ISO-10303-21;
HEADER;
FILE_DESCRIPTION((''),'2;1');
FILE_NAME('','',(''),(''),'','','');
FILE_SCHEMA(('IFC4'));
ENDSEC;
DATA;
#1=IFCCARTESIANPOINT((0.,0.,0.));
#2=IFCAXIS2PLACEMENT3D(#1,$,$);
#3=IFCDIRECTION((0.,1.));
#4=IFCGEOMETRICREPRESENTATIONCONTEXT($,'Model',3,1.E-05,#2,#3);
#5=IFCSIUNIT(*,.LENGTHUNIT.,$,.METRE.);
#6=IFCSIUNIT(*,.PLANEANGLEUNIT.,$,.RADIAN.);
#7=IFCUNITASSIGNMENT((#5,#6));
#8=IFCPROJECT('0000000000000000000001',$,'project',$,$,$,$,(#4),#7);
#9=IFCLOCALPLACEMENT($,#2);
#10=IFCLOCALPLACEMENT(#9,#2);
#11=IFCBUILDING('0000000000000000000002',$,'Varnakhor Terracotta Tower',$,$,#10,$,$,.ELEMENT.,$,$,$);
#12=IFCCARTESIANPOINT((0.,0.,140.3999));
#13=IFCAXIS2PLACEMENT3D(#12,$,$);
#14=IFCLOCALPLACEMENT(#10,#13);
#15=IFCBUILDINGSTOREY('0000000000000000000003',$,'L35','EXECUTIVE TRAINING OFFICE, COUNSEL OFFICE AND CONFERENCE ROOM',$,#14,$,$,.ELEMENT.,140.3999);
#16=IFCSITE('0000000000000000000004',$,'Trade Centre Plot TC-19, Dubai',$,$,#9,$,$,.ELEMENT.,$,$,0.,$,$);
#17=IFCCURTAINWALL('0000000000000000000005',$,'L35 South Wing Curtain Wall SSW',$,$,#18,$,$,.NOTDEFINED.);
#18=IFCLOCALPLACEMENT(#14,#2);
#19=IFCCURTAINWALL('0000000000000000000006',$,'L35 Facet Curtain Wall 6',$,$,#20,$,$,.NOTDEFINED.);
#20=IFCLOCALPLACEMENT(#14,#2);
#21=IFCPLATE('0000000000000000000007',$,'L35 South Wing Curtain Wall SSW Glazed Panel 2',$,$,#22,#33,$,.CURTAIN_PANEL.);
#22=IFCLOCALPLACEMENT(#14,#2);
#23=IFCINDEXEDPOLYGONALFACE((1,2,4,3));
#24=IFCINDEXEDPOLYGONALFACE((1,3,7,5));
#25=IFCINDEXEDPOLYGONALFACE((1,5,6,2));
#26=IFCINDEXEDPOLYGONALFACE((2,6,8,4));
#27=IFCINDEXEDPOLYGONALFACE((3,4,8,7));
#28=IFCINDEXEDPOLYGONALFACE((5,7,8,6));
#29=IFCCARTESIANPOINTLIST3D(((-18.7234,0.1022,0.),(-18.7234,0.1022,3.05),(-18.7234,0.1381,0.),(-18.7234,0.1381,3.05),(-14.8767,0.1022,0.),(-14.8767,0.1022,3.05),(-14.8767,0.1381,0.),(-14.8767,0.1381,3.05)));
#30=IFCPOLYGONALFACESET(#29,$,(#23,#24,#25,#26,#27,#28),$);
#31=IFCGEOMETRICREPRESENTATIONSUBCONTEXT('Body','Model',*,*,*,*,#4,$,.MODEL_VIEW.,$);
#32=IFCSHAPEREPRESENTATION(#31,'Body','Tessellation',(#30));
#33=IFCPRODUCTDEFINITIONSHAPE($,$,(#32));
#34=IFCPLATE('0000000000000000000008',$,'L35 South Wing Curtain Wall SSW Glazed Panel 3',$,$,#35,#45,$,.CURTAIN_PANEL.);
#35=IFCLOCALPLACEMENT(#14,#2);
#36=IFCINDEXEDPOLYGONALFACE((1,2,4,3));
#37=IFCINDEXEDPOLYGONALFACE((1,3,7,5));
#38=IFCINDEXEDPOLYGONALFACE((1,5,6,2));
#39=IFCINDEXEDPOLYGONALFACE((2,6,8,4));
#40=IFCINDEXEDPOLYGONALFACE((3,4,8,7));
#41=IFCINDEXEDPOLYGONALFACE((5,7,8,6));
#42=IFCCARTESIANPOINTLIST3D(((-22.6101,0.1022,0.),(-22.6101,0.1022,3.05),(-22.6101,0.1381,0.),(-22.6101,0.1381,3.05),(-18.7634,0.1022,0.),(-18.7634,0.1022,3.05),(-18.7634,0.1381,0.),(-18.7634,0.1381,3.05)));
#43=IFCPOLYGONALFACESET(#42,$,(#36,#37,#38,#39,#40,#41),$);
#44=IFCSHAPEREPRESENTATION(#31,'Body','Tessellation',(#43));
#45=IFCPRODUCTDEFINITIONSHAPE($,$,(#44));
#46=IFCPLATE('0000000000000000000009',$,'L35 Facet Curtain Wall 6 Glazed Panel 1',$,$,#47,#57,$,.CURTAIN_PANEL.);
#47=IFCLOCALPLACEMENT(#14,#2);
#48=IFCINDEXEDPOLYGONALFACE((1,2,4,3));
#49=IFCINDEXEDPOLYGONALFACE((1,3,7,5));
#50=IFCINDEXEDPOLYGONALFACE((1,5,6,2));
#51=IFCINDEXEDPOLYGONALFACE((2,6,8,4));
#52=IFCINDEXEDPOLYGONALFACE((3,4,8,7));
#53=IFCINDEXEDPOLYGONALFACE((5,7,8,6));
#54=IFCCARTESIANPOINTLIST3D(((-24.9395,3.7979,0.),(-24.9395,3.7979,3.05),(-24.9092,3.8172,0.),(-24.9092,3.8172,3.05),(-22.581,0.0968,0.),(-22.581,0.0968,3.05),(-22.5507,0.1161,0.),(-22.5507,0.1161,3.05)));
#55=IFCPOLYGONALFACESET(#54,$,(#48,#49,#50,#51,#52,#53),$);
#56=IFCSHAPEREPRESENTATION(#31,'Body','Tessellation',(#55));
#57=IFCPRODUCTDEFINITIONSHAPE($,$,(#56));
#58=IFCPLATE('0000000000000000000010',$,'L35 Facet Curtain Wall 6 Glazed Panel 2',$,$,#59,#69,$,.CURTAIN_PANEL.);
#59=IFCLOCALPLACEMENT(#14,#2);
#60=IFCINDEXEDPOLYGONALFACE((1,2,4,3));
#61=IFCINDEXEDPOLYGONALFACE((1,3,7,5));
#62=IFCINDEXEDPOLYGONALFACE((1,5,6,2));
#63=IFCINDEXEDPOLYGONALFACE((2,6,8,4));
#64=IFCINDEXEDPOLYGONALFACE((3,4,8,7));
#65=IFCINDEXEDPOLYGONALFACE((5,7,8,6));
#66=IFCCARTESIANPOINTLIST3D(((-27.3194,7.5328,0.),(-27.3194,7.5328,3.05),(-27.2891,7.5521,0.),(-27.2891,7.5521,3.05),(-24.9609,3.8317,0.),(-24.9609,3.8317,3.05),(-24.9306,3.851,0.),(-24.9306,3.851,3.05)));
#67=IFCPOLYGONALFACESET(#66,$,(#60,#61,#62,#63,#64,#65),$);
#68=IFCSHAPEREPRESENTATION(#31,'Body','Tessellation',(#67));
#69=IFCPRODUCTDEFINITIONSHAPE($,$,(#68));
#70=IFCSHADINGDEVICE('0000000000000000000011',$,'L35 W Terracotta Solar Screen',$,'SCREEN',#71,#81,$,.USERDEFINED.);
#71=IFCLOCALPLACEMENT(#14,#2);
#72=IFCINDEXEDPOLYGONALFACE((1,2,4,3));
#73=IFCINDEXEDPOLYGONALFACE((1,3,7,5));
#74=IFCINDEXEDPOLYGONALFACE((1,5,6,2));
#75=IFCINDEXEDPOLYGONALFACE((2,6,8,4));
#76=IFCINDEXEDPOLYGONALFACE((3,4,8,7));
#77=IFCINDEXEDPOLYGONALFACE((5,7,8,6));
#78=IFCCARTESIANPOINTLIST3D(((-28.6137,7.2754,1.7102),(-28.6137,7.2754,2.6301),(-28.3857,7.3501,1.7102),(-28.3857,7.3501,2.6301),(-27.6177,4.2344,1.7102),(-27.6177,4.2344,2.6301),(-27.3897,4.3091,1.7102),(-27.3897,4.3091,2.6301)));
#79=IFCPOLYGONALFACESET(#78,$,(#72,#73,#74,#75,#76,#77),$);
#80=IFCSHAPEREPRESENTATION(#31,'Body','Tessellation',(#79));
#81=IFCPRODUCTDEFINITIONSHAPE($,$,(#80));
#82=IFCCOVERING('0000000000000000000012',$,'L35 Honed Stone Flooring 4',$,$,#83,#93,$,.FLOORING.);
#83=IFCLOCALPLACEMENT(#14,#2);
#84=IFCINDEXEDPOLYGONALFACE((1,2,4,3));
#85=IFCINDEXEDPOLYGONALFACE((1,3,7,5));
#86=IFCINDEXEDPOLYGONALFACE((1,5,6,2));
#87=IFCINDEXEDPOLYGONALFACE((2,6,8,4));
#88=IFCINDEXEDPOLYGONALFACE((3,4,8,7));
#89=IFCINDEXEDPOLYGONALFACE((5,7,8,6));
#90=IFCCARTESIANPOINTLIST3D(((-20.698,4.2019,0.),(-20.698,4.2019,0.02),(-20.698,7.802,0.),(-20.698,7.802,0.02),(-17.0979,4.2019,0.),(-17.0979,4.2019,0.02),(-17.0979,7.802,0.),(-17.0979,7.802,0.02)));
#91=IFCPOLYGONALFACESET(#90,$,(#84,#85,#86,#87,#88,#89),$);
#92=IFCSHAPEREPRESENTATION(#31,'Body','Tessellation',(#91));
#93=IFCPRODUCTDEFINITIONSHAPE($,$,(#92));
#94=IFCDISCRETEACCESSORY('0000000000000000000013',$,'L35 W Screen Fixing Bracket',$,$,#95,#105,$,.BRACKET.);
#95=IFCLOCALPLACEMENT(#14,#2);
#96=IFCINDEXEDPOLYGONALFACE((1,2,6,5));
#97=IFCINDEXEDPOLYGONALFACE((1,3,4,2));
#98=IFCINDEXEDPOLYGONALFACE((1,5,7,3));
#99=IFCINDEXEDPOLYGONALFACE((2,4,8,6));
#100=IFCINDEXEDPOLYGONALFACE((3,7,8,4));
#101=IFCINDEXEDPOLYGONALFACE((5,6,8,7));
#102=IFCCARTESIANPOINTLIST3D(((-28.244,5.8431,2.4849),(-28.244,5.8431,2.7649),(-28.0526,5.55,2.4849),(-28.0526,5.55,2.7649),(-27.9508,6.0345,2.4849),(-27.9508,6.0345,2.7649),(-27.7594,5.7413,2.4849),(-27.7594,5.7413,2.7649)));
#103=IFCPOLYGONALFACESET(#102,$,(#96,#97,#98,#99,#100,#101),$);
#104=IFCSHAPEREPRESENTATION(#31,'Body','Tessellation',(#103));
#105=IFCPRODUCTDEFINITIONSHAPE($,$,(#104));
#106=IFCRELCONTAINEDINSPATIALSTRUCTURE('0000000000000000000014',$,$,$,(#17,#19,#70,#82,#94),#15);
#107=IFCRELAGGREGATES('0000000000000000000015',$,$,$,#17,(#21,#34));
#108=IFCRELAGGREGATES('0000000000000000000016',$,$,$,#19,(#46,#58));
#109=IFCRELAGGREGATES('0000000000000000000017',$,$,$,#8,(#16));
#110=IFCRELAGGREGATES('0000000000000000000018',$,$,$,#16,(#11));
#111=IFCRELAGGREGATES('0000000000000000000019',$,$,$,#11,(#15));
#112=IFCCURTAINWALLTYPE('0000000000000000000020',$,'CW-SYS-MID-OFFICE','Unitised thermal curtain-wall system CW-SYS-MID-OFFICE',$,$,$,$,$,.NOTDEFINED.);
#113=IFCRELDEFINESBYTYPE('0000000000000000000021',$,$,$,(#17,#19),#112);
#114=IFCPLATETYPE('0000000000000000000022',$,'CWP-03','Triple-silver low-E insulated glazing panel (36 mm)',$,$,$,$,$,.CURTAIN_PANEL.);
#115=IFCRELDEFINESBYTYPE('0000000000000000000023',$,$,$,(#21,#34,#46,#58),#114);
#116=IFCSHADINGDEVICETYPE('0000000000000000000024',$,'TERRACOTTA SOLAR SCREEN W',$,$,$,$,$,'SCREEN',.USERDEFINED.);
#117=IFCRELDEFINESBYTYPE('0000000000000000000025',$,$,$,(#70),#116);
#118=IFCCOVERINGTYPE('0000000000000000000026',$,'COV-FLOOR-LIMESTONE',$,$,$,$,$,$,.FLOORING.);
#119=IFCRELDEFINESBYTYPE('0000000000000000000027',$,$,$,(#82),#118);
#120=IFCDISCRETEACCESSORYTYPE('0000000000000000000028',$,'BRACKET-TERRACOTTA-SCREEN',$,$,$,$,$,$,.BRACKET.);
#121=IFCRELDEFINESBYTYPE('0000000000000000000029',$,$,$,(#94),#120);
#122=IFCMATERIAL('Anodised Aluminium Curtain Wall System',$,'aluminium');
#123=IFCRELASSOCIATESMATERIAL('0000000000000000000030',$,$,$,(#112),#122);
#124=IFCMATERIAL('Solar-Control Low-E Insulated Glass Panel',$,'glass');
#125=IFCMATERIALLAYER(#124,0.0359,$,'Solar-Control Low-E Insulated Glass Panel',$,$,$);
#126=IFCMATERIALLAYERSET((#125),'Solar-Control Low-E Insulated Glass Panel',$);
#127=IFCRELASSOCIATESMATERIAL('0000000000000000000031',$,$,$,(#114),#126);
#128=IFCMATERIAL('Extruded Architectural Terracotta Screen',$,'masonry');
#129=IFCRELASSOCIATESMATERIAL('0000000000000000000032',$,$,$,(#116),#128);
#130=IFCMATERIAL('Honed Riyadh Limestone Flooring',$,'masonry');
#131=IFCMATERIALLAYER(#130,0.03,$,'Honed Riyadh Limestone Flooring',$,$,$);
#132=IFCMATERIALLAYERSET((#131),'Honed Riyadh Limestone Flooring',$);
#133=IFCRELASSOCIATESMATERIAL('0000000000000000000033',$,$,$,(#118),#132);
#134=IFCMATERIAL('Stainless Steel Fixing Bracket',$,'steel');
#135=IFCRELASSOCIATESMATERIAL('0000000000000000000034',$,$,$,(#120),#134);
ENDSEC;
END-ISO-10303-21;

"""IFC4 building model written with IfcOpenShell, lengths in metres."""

from ifc_helpers import new_model, si_unit, direction, frame, origin, origin_2d, place, context, subcontext, project, spatial, rectangle, extrude, source, transform, mapped, material, layer, layer_set, type_object, type_shapes, element, aggregate, save


model = new_model("IFC4")

# Units and contexts
model_context = context("Model", 3, precision=1e-05, world=origin(), true_north=direction((0.0, 1.0)))
body_context = subcontext(model_context, "Body", "Model", "MODEL_VIEW")
ifc_project = project(units=[si_unit("LENGTHUNIT", "METRE"), si_unit("PLANEANGLEUNIT", "RADIAN")], contexts=[model_context])

# Site, building, storey
site_placement = place(None, origin())
site = spatial("IfcSite", under=ifc_project, at=site_placement, Name="Trade Centre Plot TC-19, Dubai", CompositionType="ELEMENT", RefElevation=0.0)
building_placement = place(site_placement, origin())
building = spatial("IfcBuilding", under=site, at=building_placement, Name="Varnakhor Terracotta Tower", CompositionType="ELEMENT")
storey_placement = place(building_placement, frame((0.0, 0.0, 140.3999)))
storey = spatial("IfcBuildingStorey", under=building, at=storey_placement, Name="L35", Description="EXECUTIVE TRAINING OFFICE, COUNSEL OFFICE AND CONFERENCE ROOM", CompositionType="ELEMENT", Elevation=140.3999)

# Curtain walls
ifc_material_1 = material(Name="Anodised Aluminium Curtain Wall System", Category="aluminium")
curtain_wall_type = type_object("IfcCurtainWallType", Name="CW-SYS-MID-OFFICE", Description="Unitised thermal curtain-wall system CW-SYS-MID-OFFICE", PredefinedType="NOTDEFINED", material=ifc_material_1)
curtain_wall_1_placement = place(storey_placement, origin())
curtain_wall_1 = element("IfcCurtainWall", 1, at=curtain_wall_1_placement, inside=storey, type_object=curtain_wall_type, Name="L35 South Wing Curtain Wall SSW", PredefinedType="NOTDEFINED")
curtain_wall_2_placement = place(storey_placement, origin())
curtain_wall_2 = element("IfcCurtainWall", 2, at=curtain_wall_2_placement, inside=storey, type_object=curtain_wall_type, Name="L35 Facet Curtain Wall 6", PredefinedType="NOTDEFINED")

# Plates
ifc_material_2 = material(Name="Solar-Control Low-E Insulated Glass Panel", Category="glass")
ifc_layer_1 = layer(ifc_material_2, 0.0359, Name="Solar-Control Low-E Insulated Glass Panel")
ifc_layer_set_1 = layer_set([ifc_layer_1], Name="Solar-Control Low-E Insulated Glass Panel")
plate_type = type_object("IfcPlateType", Name="CWP-03", Description="Triple-silver low-E insulated glazing panel (36 mm)", PredefinedType="CURTAIN_PANEL", material=ifc_layer_set_1)
shared_shape_1 = source(origin(), body_context, "Body", "SweptSolid", [
    extrude(rectangle(XDim=3.8467, YDim=0.0359, at=origin_2d()), origin(), (0.0, 0.0, 1.0), 3.05),
])
plate_1_placement = place(storey_placement, frame((-16.8, 0.1201, 0.0), z_axis=(0.0, 0.0, 1.0), x_axis=(-1.0, 0.0, 0.0)))
plate_1 = element("IfcPlate", 3, at=plate_1_placement, type_object=plate_type, Name="L35 South Wing Curtain Wall SSW Glazed Panel 2", PredefinedType="CURTAIN_PANEL", context=body_context, shape_type="MappedRepresentation", body=[
    mapped(shared_shape_1, transform((0.0, 0.0, 0.0), scale=1.0)),
])
plate_2_placement = place(storey_placement, frame((-20.6868, 0.1201, 0.0), z_axis=(0.0, 0.0, 1.0), x_axis=(-1.0, 0.0, 0.0)))
plate_2 = element("IfcPlate", 4, at=plate_2_placement, type_object=plate_type, Name="L35 South Wing Curtain Wall SSW Glazed Panel 3", PredefinedType="CURTAIN_PANEL", context=body_context, shape_type="MappedRepresentation", body=[
    mapped(shared_shape_1, transform((0.0, 0.0, 0.0), scale=1.0)),
])
aggregate(curtain_wall_1, [plate_1, plate_2])
shared_shape_2 = source(origin(), body_context, "Body", "SweptSolid", [
    extrude(rectangle(XDim=4.3887, YDim=0.0359, at=origin_2d()), origin(), (0.0, 0.0, 1.0), 3.05),
])
plate_3_placement = place(storey_placement, frame((-23.7451, 1.957, 0.0), z_axis=(0.0, 0.0, 1.0), x_axis=(-0.537403, 0.843326, 0.0)))
plate_3 = element("IfcPlate", 5, at=plate_3_placement, type_object=plate_type, Name="L35 Facet Curtain Wall 6 Glazed Panel 1", PredefinedType="CURTAIN_PANEL", context=body_context, shape_type="MappedRepresentation", body=[
    mapped(shared_shape_2, transform((0.0, 0.0, 0.0), scale=1.0)),
])
plate_4_placement = place(storey_placement, frame((-26.125, 5.6919, 0.0), z_axis=(0.0, 0.0, 1.0), x_axis=(-0.537403, 0.843326, 0.0)))
plate_4 = element("IfcPlate", 6, at=plate_4_placement, type_object=plate_type, Name="L35 Facet Curtain Wall 6 Glazed Panel 2", PredefinedType="CURTAIN_PANEL", context=body_context, shape_type="MappedRepresentation", body=[
    mapped(shared_shape_2, transform((0.0, 0.0, 0.0), scale=1.0)),
])
aggregate(curtain_wall_2, [plate_3, plate_4])

# Shading device
ifc_material_3 = material(Name="Extruded Architectural Terracotta Screen", Category="masonry")
shading_device_type = type_object("IfcShadingDeviceType", Name="TERRACOTTA SOLAR SCREEN W", ElementType="SCREEN", PredefinedType="USERDEFINED", material=ifc_material_3)
shared_shape_3 = source(origin(), body_context, "Body", "SweptSolid", [
    extrude(rectangle(XDim=3.2, YDim=0.24, at=origin_2d()), origin(), (0.0, 0.0, 1.0), 0.9199),
])
type_shapes(shading_device_type, [shared_shape_3])
shading_device_placement = place(storey_placement, frame((-28.0017, 5.7922, 1.7102), z_axis=(0.0, 0.0, 1.0), x_axis=(0.311257, -0.950326, 0.0)))
element("IfcShadingDevice", 7, at=shading_device_placement, inside=storey, type_object=shading_device_type, Name="L35 W Terracotta Solar Screen", ObjectType="SCREEN", PredefinedType="USERDEFINED", context=body_context, shape_type="MappedRepresentation", body=[
    mapped(shared_shape_3, transform((0.0, 0.0, 0.0), scale=1.0)),
])

# Covering
ifc_material_4 = material(Name="Honed Riyadh Limestone Flooring", Category="masonry")
ifc_layer_2 = layer(ifc_material_4, 0.03, Name="Honed Riyadh Limestone Flooring")
ifc_layer_set_2 = layer_set([ifc_layer_2], Name="Honed Riyadh Limestone Flooring")
covering_type = type_object("IfcCoveringType", Name="COV-FLOOR-LIMESTONE", PredefinedType="FLOORING", material=ifc_layer_set_2)
shared_shape_4 = source(origin(), body_context, "Body", "SweptSolid", [
    extrude(rectangle(XDim=3.6001, YDim=3.6001, at=origin_2d()), origin(), (0.0, 0.0, 1.0), 0.02),
])
covering_placement = place(storey_placement, frame((-18.8979, 6.002, 0.0), z_axis=(0.0, 0.0, 1.0), x_axis=(1.0, 0.0, 0.0)))
element("IfcCovering", 8, at=covering_placement, inside=storey, type_object=covering_type, Name="L35 Honed Stone Flooring 4", PredefinedType="FLOORING", context=body_context, shape_type="MappedRepresentation", body=[
    mapped(shared_shape_4, transform((0.0, 0.0, 0.0), scale=1.0)),
])

# Discrete accessory
ifc_material_5 = material(Name="Stainless Steel Fixing Bracket", Category="steel")
discrete_accessory_type = type_object("IfcDiscreteAccessoryType", Name="BRACKET-TERRACOTTA-SCREEN", PredefinedType="BRACKET", material=ifc_material_5)
shared_shape_5 = source(origin(), body_context, "Body", "SweptSolid", [
    extrude(rectangle(XDim=0.3501, YDim=0.3501, at=origin_2d()), origin(), (0.0, 0.0, 1.0), 0.28),
])
type_shapes(discrete_accessory_type, [shared_shape_5])
discrete_accessory_placement = place(storey_placement, frame((-28.0017, 5.7922, 2.4849), z_axis=(0.0, 0.0, 1.0), x_axis=(0.546614, -0.837385, 0.0)))
element("IfcDiscreteAccessory", 9, at=discrete_accessory_placement, inside=storey, type_object=discrete_accessory_type, Name="L35 W Screen Fixing Bracket", PredefinedType="BRACKET", context=body_context, shape_type="MappedRepresentation", body=[
    mapped(shared_shape_5, transform((0.0, 0.0, 0.0), scale=1.0)),
])

save(model, "model.ifc")
